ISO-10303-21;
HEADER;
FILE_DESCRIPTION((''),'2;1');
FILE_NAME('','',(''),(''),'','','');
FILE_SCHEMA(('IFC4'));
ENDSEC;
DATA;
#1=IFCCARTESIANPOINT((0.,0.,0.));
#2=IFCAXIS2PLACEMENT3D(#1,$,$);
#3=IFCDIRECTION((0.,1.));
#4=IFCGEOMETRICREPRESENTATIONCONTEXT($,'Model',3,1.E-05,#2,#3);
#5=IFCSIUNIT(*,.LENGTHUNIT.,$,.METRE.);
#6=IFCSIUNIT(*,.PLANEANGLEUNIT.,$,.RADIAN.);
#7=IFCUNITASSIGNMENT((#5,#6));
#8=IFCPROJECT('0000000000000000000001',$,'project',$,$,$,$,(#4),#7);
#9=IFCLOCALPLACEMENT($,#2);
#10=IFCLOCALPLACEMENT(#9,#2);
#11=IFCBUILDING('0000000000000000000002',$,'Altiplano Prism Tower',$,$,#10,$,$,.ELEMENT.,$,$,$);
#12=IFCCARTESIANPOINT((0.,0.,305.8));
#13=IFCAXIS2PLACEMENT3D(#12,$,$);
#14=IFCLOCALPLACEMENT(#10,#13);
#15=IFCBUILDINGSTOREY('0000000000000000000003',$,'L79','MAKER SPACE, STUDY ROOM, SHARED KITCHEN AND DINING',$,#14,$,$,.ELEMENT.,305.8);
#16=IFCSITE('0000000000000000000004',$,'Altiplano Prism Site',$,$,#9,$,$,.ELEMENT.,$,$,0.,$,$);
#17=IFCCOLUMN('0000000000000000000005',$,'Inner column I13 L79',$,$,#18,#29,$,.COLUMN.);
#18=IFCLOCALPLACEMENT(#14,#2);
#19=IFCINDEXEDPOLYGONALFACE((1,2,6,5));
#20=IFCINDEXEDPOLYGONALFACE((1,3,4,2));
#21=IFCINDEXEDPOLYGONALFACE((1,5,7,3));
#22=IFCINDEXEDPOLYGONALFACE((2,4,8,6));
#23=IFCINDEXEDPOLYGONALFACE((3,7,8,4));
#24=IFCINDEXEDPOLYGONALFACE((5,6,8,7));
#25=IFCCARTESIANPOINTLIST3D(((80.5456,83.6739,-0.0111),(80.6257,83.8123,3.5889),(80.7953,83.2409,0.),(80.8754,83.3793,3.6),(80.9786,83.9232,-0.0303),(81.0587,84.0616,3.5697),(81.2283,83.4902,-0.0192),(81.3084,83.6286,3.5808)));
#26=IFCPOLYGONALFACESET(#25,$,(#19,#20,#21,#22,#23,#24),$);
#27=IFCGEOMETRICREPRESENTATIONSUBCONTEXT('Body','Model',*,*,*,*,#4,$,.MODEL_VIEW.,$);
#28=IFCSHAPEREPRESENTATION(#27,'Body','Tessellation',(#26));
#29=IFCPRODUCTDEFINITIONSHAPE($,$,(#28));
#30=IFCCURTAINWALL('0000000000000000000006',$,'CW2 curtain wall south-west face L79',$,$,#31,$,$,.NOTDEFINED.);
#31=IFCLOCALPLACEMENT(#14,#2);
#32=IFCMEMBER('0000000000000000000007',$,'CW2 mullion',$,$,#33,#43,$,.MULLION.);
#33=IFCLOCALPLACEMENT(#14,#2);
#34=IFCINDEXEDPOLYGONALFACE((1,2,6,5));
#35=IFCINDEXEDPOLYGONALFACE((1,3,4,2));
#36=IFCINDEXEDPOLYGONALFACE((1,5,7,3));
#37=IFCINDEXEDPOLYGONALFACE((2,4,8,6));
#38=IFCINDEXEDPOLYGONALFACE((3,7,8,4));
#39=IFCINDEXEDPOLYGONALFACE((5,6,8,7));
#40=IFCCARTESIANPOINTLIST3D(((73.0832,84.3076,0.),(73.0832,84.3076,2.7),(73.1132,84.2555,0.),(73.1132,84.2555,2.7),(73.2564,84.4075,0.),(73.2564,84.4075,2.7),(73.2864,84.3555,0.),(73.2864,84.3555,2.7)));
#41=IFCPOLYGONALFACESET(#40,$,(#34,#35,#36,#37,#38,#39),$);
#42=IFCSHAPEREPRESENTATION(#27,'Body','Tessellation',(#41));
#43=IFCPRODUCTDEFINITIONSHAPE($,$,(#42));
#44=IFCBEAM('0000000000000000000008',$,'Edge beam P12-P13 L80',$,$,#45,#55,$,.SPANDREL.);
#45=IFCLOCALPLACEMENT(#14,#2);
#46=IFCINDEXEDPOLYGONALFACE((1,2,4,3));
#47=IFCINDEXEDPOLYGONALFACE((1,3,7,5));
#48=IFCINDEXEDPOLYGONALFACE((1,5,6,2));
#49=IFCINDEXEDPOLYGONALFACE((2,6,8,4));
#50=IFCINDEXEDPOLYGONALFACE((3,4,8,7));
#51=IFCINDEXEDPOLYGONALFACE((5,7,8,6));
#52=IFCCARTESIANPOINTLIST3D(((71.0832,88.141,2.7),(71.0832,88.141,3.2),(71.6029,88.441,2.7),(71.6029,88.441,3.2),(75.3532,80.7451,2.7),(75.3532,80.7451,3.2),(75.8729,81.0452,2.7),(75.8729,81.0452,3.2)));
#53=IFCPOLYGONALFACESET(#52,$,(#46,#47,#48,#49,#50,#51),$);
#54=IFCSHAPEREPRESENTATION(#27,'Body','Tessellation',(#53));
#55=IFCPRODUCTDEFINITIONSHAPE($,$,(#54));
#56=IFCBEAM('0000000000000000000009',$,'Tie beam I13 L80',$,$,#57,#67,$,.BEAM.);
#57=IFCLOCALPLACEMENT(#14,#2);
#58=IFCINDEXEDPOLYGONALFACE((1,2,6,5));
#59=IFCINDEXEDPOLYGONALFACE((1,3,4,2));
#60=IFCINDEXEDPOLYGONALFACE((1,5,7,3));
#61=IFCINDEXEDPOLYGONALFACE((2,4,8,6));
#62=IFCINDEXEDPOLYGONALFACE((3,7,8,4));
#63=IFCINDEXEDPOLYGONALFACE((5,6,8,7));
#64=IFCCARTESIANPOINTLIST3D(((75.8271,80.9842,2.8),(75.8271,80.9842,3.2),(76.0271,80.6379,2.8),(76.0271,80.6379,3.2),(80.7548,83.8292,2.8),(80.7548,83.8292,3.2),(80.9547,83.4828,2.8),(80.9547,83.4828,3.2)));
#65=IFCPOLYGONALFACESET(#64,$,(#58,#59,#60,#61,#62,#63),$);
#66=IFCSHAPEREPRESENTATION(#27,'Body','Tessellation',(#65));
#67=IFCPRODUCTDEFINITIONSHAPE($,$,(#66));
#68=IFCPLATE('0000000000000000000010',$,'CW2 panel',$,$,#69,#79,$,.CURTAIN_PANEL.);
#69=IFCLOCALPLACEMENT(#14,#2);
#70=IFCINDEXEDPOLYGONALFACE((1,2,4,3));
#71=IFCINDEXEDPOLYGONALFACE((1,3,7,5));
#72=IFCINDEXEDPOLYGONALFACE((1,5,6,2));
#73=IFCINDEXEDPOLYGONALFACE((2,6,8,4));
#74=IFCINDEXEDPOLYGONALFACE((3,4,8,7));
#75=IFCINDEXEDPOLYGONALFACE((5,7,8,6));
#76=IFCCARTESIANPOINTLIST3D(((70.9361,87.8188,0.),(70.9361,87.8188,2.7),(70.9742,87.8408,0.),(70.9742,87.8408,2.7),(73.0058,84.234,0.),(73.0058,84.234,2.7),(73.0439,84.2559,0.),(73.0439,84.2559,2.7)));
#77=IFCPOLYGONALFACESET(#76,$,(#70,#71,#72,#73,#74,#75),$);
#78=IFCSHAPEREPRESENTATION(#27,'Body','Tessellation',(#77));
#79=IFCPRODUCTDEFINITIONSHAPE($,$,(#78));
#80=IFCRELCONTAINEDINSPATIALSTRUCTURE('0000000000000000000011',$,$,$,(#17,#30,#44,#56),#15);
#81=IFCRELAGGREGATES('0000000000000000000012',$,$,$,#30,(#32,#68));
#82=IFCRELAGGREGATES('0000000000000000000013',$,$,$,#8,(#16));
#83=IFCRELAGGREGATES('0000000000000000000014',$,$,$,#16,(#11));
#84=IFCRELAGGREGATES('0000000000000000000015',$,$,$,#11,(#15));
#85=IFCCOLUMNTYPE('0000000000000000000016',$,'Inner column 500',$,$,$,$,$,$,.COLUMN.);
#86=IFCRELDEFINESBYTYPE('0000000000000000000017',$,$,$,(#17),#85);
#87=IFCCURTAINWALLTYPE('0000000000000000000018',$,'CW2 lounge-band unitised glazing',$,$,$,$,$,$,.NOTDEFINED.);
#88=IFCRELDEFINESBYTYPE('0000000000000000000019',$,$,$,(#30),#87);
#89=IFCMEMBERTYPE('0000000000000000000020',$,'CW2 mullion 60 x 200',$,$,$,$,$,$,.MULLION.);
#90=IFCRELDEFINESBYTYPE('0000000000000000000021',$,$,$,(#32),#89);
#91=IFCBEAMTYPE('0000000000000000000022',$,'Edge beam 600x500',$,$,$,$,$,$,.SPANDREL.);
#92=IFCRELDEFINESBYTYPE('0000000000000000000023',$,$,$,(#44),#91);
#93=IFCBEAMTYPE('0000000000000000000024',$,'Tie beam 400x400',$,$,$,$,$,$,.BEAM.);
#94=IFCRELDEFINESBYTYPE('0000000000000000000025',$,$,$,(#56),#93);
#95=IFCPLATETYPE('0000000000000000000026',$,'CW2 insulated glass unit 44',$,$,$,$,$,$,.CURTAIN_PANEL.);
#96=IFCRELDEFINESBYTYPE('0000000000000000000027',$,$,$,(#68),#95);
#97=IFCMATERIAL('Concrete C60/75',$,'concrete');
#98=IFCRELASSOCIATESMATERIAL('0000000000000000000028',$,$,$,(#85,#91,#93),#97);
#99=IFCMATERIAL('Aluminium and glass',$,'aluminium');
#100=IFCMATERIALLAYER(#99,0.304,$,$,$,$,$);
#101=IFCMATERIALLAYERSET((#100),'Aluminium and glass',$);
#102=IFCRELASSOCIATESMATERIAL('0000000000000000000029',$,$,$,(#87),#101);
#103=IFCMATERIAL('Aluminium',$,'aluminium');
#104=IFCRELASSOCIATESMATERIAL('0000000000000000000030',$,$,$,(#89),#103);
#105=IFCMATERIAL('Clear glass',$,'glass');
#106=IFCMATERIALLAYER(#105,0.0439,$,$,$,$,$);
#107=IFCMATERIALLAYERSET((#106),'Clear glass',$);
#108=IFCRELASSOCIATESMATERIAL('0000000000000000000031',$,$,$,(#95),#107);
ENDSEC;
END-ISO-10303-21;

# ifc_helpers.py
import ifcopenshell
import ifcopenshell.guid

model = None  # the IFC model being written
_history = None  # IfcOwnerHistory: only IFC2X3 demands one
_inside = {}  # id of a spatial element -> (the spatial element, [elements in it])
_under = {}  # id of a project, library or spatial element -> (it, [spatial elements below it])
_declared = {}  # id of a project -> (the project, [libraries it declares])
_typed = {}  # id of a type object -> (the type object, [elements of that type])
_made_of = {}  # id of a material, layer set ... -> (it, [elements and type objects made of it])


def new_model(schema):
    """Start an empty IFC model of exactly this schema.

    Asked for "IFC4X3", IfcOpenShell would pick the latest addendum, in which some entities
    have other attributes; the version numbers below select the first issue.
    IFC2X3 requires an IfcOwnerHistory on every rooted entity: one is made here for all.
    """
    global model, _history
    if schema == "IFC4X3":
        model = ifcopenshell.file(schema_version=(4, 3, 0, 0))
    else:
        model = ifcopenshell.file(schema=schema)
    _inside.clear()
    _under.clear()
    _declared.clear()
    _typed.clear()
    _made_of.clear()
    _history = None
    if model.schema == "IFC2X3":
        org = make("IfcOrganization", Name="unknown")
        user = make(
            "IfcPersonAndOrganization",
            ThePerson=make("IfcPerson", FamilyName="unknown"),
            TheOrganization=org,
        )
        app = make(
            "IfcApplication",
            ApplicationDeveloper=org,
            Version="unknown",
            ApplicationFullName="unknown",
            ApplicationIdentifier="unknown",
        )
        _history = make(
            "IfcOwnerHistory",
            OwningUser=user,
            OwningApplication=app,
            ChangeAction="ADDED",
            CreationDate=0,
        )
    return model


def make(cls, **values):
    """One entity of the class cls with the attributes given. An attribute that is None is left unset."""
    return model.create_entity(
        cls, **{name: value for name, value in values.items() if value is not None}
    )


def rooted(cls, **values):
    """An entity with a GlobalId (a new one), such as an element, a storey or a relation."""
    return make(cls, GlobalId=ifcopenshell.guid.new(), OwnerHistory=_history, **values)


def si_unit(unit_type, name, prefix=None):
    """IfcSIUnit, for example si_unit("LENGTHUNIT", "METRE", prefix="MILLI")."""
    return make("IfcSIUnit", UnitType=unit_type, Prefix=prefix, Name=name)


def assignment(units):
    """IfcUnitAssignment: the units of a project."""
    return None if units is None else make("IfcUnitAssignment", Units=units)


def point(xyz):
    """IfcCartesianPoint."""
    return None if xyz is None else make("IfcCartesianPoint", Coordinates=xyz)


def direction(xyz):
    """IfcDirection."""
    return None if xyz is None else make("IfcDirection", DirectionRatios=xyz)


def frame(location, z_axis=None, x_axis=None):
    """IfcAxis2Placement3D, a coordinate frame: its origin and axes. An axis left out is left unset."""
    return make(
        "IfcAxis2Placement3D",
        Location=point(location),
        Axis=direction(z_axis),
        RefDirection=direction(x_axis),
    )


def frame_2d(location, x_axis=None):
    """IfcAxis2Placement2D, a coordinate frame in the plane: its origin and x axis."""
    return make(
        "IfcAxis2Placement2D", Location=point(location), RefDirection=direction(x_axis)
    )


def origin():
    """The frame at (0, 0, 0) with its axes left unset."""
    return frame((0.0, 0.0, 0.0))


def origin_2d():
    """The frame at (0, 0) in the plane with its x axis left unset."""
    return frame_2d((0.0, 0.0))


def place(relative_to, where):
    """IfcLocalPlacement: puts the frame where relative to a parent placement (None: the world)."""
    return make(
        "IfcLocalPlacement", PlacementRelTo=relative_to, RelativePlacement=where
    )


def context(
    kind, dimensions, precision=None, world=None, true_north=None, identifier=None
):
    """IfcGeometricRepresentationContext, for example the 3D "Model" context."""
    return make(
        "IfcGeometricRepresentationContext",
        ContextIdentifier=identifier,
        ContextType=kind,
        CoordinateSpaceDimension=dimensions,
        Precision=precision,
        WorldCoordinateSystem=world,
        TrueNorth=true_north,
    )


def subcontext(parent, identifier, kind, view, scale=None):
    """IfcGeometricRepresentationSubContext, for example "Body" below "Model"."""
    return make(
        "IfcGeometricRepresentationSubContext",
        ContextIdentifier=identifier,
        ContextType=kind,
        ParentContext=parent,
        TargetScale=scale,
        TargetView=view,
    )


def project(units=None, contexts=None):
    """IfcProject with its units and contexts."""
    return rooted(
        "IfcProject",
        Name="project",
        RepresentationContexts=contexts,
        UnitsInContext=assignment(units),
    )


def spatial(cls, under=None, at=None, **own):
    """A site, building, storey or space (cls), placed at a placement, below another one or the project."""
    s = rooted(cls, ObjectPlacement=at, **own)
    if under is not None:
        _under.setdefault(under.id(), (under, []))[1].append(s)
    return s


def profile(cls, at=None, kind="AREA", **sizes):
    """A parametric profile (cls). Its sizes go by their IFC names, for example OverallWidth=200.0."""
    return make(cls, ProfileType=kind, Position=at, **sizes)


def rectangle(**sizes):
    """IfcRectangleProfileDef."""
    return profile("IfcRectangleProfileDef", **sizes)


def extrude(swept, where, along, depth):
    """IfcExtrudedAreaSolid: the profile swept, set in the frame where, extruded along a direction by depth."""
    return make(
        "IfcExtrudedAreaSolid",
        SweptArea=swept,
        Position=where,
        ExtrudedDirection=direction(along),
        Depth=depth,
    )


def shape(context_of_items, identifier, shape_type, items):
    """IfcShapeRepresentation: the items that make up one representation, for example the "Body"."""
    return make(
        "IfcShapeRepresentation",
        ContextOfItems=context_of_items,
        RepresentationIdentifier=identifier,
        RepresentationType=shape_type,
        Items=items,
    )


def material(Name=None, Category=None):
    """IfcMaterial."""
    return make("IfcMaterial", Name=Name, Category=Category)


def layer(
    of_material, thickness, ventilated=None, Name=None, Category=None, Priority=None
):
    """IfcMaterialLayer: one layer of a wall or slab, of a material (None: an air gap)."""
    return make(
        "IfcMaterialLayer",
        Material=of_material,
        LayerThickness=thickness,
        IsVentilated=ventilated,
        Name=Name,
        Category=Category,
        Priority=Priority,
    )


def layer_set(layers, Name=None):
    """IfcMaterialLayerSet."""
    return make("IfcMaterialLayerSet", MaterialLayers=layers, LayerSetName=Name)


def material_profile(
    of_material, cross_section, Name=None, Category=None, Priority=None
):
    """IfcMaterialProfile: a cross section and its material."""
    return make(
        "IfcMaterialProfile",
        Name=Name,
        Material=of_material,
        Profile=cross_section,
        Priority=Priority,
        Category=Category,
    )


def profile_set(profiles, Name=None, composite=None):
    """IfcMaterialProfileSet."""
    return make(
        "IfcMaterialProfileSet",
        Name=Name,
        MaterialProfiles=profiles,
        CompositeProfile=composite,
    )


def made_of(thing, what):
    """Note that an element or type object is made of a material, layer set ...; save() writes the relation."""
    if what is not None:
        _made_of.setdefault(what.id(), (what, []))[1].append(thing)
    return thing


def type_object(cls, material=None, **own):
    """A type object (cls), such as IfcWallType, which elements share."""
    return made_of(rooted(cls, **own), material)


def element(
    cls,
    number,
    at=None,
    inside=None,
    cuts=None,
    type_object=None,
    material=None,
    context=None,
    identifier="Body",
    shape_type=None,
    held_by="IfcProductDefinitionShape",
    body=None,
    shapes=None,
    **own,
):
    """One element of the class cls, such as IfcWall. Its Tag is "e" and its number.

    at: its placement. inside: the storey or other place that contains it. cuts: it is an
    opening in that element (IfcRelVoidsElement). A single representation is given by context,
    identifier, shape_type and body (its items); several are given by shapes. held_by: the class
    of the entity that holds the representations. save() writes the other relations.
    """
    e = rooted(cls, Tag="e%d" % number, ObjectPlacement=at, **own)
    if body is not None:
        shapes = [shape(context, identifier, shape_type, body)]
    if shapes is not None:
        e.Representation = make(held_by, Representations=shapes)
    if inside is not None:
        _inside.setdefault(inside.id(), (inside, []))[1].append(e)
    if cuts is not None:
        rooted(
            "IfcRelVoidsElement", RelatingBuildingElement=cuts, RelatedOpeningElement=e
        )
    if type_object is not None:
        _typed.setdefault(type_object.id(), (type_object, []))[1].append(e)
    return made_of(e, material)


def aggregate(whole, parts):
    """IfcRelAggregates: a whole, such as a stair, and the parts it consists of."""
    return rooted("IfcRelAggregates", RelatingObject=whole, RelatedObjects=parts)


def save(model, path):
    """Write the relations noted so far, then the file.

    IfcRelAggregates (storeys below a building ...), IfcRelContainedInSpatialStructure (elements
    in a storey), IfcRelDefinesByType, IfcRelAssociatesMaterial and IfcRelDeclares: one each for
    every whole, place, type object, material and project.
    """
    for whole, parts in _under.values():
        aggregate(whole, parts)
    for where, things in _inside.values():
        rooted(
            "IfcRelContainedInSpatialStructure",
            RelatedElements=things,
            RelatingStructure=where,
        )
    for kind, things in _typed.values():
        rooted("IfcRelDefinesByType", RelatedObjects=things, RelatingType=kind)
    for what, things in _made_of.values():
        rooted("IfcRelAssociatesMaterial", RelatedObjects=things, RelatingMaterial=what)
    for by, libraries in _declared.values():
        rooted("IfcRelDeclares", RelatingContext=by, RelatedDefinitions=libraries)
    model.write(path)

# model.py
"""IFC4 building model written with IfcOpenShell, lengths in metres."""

from ifc_helpers import new_model, si_unit, direction, frame, origin, origin_2d, place, context, subcontext, project, spatial, rectangle, extrude, material, layer, layer_set, material_profile, profile_set, type_object, element, aggregate, save


model = new_model("IFC4")

# Units and contexts
model_context = context("Model", 3, precision=1e-05, world=origin(), true_north=direction((0.0, 1.0)))
body_context = subcontext(model_context, "Body", "Model", "MODEL_VIEW")
ifc_project = project(units=[si_unit("LENGTHUNIT", "METRE"), si_unit("PLANEANGLEUNIT", "RADIAN")], contexts=[model_context])

# Site, building, storey
site_placement = place(None, origin())
site = spatial("IfcSite", under=ifc_project, at=site_placement, Name="Altiplano Prism Site", CompositionType="ELEMENT", RefElevation=0.0)
building_placement = place(site_placement, origin())
building = spatial("IfcBuilding", under=site, at=building_placement, Name="Altiplano Prism Tower", CompositionType="ELEMENT")
storey_placement = place(building_placement, frame((0.0, 0.0, 305.8)))
storey = spatial("IfcBuildingStorey", under=building, at=storey_placement, Name="L79", Description="MAKER SPACE, STUDY ROOM, SHARED KITCHEN AND DINING", CompositionType="ELEMENT", Elevation=305.8)

# Column
ifc_material_1 = material(Name="Concrete C60/75", Category="concrete")
ifc_material_profile_1 = material_profile(ifc_material_1, rectangle(XDim=0.5, YDim=0.5, at=origin_2d()), Name="Inner column 500")
ifc_profile_set_1 = profile_set([ifc_material_profile_1], Name="Concrete C60/75")
column_type = type_object("IfcColumnType", Name="Inner column 500", PredefinedType="COLUMN", material=ifc_profile_set_1)
column_placement = place(storey_placement, frame((80.887, 83.582, -0.0151), z_axis=(0.022223, 0.038416, 0.999015), x_axis=(-0.866021, -0.498528, 0.038435)))
element("IfcColumn", 1, at=column_placement, inside=storey, type_object=column_type, Name="Inner column I13 L79", PredefinedType="COLUMN", context=body_context, shape_type="SweptSolid", body=[
    extrude(rectangle(XDim=0.5, YDim=0.5, at=origin_2d()), origin(), (0.0, 0.0, 1.0), 3.6035),
])

# Curtain wall, member
ifc_material_2 = material(Name="Aluminium and glass", Category="aluminium")
ifc_layer_1 = layer(ifc_material_2, 0.304)
ifc_layer_set_1 = layer_set([ifc_layer_1], Name="Aluminium and glass")
curtain_wall_type = type_object("IfcCurtainWallType", Name="CW2 lounge-band unitised glazing", PredefinedType="NOTDEFINED", material=ifc_layer_set_1)
curtain_wall_placement = place(storey_placement, origin())
curtain_wall = element("IfcCurtainWall", 2, at=curtain_wall_placement, inside=storey, type_object=curtain_wall_type, Name="CW2 curtain wall south-west face L79", PredefinedType="NOTDEFINED")
ifc_material_3 = material(Name="Aluminium", Category="aluminium")
ifc_material_profile_2 = material_profile(ifc_material_3, rectangle(XDim=0.2, YDim=0.0601, at=origin_2d()), Name="CW2 mullion 60 x 200")
ifc_profile_set_2 = profile_set([ifc_material_profile_2], Name="Aluminium")
member_type = type_object("IfcMemberType", Name="CW2 mullion 60 x 200", PredefinedType="MULLION", material=ifc_profile_set_2)
member_placement = place(storey_placement, frame((73.1848, 84.3315, 0.0), z_axis=(0.0, 0.0, 1.0), x_axis=(0.866025, 0.5, 0.0)))
member = element("IfcMember", 3, at=member_placement, type_object=member_type, Name="CW2 mullion", PredefinedType="MULLION", context=body_context, shape_type="SweptSolid", body=[
    extrude(rectangle(XDim=0.2, YDim=0.0601, at=origin_2d()), origin(), (0.0, 0.0, 1.0), 2.7),
])

# Beams
ifc_material_profile_3 = material_profile(ifc_material_1, rectangle(XDim=0.6001, YDim=0.5, at=origin_2d()), Name="Edge beam 600x500")
ifc_profile_set_3 = profile_set([ifc_material_profile_3], Name="Concrete C60/75")
beam_type_1 = type_object("IfcBeamType", Name="Edge beam 600x500", PredefinedType="SPANDREL", material=ifc_profile_set_3)
beam_1_placement = place(storey_placement, frame((71.343, 88.291, 2.95), z_axis=(0.500007, -0.866021, 0.0), x_axis=(0.866021, 0.500007, 0.0)))
element("IfcBeam", 4, at=beam_1_placement, inside=storey, type_object=beam_type_1, Name="Edge beam P12-P13 L80", PredefinedType="SPANDREL", context=body_context, shape_type="SweptSolid", body=[
    extrude(rectangle(XDim=0.6001, YDim=0.5, at=origin_2d()), origin(), (0.0, 0.0, 1.0), 8.54),
])
ifc_material_profile_4 = material_profile(ifc_material_1, rectangle(XDim=0.3999, YDim=0.3999, at=origin_2d()), Name="Tie beam 400x400")
ifc_profile_set_4 = profile_set([ifc_material_profile_4], Name="Concrete C60/75")
beam_type_2 = type_object("IfcBeamType", Name="Tie beam 400x400", PredefinedType="BEAM", material=ifc_profile_set_4)
beam_2_placement = place(storey_placement, frame((80.8547, 83.656, 3.0), z_axis=(-0.86603, -0.499992, 0.0), x_axis=(0.499992, -0.86603, 0.0)))
element("IfcBeam", 5, at=beam_2_placement, inside=storey, type_object=beam_type_2, Name="Tie beam I13 L80", PredefinedType="BEAM", context=body_context, shape_type="SweptSolid", body=[
    extrude(rectangle(XDim=0.3999, YDim=0.3999, at=origin_2d()), origin(), (0.0, 0.0, 1.0), 5.6899),
])

# Plate
ifc_material_4 = material(Name="Clear glass", Category="glass")
ifc_layer_2 = layer(ifc_material_4, 0.0439)
ifc_layer_set_2 = layer_set([ifc_layer_2], Name="Clear glass")
plate_type = type_object("IfcPlateType", Name="CW2 insulated glass unit 44", PredefinedType="CURTAIN_PANEL", material=ifc_layer_set_2)
plate_placement = place(storey_placement, frame((71.99, 86.0374, 0.0), z_axis=(0.0, 0.0, 1.0), x_axis=(0.5, -0.866025, 0.0)))
plate = element("IfcPlate", 6, at=plate_placement, type_object=plate_type, Name="CW2 panel", PredefinedType="CURTAIN_PANEL", context=body_context, shape_type="SweptSolid", body=[
    extrude(rectangle(XDim=4.1394, YDim=0.0439, at=origin_2d()), origin(), (0.0, 0.0, 1.0), 2.7),
])
aggregate(curtain_wall, [member, plate])

save(model, "model.ifc")
